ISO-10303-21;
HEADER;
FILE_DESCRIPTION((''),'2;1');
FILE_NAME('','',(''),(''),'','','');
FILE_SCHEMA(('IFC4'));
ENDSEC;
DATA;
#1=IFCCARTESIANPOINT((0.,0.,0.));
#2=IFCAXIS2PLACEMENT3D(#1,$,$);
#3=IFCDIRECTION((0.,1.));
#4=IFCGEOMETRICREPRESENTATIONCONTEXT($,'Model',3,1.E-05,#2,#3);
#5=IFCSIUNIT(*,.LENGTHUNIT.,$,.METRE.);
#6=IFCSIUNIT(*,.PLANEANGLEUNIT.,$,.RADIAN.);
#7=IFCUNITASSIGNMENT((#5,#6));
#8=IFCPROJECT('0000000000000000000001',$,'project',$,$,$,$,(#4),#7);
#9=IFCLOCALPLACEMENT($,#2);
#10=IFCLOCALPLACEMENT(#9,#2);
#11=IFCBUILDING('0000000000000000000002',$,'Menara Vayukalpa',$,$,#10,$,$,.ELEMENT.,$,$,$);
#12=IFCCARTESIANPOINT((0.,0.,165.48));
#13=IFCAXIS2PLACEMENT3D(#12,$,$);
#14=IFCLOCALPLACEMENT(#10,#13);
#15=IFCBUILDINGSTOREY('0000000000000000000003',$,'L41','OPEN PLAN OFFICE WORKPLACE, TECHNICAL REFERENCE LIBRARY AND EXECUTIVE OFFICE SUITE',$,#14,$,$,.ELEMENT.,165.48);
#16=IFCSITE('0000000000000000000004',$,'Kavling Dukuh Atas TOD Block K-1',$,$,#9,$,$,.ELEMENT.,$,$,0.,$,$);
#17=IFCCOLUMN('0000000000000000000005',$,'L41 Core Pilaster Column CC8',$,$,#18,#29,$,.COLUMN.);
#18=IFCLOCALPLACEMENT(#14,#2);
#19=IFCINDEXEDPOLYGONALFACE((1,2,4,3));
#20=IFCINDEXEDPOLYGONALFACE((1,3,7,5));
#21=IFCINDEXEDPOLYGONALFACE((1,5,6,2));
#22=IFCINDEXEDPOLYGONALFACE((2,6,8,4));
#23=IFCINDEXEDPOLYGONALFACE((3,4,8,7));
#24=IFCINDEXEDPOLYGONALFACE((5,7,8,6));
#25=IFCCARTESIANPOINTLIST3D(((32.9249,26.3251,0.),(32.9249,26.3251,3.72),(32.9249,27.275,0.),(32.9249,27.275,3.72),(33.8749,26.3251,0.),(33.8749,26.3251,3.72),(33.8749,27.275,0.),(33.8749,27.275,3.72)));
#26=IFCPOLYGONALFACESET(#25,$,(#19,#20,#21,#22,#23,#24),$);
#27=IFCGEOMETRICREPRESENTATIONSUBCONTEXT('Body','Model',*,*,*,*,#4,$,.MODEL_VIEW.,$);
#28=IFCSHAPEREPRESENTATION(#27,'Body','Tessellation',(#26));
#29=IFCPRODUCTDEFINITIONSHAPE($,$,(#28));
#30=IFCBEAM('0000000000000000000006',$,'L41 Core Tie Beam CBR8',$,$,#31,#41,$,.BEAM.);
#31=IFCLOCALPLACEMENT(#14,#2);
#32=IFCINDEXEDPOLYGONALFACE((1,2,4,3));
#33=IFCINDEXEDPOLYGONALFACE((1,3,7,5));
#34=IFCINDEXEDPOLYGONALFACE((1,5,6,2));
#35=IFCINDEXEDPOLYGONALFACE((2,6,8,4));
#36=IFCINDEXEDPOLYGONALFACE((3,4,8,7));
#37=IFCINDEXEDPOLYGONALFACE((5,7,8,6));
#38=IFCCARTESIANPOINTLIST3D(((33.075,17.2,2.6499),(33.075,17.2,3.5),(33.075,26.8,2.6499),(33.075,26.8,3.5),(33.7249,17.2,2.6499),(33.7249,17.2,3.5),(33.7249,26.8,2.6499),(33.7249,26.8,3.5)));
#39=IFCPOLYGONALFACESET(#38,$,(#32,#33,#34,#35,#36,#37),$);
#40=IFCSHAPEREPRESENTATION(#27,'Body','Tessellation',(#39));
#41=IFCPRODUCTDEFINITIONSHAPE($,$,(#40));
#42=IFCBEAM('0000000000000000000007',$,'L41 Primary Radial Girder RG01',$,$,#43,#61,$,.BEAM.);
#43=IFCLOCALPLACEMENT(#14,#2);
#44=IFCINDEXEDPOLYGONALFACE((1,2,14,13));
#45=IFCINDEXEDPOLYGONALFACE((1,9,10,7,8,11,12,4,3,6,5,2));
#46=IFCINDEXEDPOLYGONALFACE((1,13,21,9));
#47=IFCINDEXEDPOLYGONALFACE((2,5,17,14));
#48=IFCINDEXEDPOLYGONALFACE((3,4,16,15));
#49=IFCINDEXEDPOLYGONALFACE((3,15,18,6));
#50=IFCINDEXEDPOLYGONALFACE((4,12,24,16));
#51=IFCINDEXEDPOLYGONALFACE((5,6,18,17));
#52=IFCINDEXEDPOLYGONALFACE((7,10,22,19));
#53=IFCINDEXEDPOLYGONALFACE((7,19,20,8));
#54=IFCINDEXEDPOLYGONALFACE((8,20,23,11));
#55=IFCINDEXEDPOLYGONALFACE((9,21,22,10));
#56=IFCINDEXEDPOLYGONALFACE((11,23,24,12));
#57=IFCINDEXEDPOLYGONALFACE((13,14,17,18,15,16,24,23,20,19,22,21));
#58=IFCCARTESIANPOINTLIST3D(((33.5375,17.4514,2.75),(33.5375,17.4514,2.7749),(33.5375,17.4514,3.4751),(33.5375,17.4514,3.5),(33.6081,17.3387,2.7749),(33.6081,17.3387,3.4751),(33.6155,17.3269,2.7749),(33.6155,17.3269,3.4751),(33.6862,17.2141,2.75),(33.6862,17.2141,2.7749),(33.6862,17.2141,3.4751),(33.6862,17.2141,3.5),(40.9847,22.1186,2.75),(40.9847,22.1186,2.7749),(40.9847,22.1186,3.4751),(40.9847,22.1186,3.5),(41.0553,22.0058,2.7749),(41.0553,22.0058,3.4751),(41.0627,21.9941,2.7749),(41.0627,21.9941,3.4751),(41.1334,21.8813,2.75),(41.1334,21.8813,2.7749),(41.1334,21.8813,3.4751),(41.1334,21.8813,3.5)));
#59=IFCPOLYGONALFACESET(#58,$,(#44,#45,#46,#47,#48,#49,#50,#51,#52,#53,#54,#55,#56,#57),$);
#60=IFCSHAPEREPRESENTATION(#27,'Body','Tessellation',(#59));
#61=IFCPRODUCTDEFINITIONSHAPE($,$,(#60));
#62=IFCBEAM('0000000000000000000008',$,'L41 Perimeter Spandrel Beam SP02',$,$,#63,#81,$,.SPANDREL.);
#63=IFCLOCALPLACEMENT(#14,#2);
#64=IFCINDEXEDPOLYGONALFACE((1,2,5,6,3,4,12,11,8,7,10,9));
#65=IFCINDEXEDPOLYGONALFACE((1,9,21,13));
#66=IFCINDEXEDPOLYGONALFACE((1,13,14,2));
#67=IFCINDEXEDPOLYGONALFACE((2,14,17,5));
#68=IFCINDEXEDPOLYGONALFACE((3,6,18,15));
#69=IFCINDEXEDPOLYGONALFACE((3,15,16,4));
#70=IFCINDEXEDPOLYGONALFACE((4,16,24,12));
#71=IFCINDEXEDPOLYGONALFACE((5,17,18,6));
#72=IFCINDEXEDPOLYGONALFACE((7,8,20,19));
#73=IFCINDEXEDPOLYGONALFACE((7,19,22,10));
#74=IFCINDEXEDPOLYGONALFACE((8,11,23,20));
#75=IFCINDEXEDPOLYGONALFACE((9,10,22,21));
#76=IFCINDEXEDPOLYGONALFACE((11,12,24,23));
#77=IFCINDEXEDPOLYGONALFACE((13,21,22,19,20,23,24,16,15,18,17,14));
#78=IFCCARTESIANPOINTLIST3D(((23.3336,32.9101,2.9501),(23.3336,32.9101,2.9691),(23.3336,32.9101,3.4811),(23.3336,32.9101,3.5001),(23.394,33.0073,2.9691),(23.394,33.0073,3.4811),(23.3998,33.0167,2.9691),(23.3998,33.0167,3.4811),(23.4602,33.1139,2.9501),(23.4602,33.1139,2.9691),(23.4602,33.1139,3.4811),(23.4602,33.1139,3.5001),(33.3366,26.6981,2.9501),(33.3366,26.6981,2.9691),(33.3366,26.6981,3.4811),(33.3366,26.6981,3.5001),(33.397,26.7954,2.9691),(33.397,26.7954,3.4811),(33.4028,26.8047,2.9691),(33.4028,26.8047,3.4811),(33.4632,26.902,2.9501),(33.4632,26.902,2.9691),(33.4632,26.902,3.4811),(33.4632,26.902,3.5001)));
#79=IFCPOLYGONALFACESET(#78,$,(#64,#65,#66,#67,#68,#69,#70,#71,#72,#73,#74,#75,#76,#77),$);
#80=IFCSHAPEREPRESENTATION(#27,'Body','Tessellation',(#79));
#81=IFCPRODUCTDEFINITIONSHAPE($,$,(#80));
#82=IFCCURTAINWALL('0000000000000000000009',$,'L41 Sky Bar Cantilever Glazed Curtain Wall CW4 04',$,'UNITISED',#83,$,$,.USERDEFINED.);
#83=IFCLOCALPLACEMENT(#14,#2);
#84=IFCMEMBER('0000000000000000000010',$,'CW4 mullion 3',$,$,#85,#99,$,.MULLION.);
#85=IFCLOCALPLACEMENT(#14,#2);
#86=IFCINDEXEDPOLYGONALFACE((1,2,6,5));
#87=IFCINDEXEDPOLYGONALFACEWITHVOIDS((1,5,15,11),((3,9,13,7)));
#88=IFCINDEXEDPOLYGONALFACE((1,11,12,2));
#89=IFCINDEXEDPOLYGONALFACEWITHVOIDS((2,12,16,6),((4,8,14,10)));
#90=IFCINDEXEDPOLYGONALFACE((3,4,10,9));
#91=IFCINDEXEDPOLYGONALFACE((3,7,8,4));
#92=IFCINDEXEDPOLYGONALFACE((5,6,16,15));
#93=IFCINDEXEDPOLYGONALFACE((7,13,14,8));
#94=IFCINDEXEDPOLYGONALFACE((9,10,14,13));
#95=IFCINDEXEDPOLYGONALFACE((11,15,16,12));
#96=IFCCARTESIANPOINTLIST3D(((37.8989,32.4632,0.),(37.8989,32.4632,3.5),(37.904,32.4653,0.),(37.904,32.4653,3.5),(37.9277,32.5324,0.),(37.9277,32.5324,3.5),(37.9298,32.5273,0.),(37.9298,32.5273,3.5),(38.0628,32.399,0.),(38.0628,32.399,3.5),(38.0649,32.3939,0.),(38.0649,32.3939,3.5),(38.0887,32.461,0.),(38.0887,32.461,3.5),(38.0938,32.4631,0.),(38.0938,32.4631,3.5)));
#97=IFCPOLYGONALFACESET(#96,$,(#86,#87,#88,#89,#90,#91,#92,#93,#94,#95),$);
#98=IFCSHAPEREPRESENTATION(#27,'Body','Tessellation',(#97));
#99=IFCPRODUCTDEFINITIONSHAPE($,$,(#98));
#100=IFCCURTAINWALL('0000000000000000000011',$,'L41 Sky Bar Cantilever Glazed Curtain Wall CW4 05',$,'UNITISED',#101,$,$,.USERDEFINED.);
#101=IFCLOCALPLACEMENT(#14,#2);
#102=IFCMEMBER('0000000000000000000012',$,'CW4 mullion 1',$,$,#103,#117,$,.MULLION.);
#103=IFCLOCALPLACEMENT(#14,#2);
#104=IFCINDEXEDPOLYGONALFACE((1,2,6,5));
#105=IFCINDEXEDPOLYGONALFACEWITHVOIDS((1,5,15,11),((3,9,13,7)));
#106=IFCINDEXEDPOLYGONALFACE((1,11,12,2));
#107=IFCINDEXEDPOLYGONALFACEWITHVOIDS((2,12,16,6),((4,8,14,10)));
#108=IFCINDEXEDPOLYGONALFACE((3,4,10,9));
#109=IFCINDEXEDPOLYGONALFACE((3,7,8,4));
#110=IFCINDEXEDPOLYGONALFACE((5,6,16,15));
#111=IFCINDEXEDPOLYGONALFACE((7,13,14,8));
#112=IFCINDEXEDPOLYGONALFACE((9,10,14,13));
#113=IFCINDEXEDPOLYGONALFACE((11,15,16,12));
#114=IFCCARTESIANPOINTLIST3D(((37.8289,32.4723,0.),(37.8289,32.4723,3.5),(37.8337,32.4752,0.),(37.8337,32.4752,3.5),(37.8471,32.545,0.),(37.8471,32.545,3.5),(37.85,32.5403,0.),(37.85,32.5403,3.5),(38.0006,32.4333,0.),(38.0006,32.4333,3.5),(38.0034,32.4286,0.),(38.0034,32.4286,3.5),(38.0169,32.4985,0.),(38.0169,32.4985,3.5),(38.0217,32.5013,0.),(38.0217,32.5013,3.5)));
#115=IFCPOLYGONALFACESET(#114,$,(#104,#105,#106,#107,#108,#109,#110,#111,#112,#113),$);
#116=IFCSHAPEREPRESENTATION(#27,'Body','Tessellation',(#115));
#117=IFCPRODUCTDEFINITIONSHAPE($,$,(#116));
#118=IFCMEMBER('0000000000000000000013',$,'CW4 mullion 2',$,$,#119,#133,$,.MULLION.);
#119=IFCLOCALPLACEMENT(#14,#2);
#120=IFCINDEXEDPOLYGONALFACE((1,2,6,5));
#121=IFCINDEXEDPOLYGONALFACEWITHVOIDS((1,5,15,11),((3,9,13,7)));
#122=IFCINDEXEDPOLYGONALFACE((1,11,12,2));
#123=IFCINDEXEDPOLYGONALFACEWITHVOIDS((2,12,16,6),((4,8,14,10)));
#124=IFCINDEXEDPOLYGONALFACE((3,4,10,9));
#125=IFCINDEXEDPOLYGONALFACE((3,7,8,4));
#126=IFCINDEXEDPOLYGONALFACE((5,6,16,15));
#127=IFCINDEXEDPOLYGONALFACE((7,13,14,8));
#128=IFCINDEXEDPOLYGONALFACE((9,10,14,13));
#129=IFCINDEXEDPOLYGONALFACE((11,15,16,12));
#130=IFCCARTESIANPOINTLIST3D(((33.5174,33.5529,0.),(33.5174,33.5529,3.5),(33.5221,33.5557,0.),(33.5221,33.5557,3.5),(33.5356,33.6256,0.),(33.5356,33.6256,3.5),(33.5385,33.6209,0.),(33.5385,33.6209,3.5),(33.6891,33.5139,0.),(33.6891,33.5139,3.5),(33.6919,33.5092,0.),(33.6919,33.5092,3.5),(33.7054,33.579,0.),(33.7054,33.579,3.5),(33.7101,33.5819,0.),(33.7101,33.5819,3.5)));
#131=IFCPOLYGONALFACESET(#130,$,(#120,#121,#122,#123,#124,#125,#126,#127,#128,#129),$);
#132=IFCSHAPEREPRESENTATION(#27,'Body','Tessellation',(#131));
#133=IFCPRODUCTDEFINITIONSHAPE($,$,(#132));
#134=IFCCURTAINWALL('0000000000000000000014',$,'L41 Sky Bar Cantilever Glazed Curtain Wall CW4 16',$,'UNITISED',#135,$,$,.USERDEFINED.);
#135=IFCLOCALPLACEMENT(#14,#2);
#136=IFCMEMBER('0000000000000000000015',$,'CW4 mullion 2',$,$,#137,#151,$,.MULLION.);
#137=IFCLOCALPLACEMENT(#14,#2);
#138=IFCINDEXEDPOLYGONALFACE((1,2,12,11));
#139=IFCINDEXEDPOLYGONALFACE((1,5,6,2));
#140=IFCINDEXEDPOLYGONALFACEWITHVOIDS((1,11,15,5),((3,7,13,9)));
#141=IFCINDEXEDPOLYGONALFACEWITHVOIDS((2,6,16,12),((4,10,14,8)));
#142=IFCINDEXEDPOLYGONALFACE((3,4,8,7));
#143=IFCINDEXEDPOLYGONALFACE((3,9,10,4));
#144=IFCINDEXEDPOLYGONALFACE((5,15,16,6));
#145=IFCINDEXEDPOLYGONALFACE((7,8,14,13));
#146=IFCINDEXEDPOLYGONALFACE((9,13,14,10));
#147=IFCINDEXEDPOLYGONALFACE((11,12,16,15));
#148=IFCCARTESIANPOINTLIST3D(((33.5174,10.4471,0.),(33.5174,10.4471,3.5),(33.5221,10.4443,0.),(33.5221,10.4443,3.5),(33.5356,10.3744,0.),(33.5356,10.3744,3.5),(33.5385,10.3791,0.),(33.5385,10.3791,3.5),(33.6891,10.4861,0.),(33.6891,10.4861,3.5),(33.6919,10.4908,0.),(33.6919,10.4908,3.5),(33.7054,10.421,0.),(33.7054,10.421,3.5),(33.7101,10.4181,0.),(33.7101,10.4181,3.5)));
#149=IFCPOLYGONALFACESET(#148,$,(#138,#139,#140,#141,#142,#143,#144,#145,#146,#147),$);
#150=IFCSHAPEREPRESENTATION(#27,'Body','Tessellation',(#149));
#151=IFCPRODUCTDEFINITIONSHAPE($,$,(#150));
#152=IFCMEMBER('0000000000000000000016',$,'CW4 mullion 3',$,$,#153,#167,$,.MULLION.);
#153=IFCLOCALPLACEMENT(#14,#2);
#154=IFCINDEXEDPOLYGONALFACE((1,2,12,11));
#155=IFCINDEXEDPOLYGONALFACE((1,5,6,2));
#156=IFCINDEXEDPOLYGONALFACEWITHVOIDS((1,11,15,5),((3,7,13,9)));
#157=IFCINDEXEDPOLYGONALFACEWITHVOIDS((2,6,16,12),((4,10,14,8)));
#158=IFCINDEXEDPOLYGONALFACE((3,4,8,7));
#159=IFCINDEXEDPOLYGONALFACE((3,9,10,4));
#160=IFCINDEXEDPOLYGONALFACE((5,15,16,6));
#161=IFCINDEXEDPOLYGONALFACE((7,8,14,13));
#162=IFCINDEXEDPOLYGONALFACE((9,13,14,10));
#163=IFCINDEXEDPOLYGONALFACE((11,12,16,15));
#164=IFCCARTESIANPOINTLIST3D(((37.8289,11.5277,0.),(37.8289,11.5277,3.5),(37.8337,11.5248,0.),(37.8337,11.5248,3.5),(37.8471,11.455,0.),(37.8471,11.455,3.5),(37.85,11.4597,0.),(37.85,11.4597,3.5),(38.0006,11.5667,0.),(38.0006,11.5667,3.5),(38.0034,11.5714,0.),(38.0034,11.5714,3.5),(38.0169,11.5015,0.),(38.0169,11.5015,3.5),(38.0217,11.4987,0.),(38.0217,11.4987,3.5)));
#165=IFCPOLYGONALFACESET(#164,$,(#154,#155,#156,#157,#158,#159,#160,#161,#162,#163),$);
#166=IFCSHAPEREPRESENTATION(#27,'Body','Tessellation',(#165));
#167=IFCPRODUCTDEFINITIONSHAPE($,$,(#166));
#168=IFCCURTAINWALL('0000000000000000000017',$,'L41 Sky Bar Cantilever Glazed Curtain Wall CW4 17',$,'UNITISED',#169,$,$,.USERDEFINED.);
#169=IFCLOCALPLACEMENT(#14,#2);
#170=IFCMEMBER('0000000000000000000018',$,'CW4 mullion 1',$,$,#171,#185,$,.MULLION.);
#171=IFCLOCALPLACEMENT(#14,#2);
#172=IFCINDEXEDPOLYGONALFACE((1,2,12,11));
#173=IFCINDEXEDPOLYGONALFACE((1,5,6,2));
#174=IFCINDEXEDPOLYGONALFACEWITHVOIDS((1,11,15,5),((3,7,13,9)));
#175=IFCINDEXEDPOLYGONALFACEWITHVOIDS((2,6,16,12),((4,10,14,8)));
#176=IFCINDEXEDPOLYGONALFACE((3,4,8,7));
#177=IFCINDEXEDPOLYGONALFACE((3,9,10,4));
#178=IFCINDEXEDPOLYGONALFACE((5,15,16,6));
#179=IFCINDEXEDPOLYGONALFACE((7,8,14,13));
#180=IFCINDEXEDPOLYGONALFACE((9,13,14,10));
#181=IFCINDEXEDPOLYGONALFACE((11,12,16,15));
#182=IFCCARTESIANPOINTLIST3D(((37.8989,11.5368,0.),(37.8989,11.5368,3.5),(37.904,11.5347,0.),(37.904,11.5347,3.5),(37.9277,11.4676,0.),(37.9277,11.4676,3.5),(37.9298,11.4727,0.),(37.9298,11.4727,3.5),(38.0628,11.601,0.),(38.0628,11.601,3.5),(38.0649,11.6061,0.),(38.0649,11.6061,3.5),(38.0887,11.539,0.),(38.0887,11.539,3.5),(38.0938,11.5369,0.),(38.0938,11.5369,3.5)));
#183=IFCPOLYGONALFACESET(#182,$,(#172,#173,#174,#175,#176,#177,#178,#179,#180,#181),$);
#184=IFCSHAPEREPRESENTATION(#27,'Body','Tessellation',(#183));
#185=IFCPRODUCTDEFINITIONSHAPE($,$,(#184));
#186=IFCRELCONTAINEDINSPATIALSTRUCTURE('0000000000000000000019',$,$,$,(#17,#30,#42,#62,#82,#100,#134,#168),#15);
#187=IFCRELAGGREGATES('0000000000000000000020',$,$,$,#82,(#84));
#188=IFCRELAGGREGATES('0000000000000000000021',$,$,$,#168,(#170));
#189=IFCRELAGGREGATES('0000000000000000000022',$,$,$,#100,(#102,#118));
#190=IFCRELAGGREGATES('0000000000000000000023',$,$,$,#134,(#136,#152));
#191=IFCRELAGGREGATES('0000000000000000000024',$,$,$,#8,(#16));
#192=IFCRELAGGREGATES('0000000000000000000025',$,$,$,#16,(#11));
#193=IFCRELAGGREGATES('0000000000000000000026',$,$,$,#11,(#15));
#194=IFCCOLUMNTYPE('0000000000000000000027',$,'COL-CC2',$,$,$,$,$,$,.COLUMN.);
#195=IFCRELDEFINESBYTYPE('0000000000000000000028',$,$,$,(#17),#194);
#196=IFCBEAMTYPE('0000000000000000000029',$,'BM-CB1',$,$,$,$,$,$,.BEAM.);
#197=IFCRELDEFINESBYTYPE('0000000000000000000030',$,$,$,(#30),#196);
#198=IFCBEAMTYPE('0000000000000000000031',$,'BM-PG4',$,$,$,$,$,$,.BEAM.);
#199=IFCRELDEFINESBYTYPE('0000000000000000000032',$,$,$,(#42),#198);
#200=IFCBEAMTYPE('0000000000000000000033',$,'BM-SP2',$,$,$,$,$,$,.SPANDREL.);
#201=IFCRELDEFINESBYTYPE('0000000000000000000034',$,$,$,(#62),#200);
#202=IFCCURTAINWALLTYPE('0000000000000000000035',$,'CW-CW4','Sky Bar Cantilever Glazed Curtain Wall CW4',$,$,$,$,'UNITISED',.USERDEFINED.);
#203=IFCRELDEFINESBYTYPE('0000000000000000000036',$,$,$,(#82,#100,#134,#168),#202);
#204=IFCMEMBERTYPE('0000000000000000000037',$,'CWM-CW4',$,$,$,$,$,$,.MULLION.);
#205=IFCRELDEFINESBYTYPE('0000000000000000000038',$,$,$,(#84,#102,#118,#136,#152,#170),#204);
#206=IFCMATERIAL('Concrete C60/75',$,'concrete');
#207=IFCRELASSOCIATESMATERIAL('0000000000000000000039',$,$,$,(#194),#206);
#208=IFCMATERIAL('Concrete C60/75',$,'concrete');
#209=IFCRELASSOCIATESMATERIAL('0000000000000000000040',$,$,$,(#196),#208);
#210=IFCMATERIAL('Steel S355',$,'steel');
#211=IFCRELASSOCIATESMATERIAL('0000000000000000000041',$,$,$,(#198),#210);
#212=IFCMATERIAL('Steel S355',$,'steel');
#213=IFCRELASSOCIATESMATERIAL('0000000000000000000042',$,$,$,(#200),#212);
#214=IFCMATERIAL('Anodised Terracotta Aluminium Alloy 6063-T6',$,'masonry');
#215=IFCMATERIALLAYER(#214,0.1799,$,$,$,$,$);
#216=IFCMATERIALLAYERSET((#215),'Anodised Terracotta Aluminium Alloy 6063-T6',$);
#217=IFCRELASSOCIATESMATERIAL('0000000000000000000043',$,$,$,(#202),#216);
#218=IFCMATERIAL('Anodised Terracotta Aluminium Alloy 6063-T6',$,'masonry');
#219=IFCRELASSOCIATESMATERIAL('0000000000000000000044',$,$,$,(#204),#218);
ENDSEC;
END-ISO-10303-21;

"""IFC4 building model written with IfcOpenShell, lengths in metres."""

from ifc_helpers import new_model, si_unit, direction, frame, origin, origin_2d, place, context, subcontext, project, spatial, rectangle, hollow_rectangle, i_section, extrude, material, layer, layer_set, material_profile, profile_set, type_object, element, aggregate, save


model = new_model("IFC4")

# Units and contexts
model_context = context("Model", 3, precision=1e-05, world=origin(), true_north=direction((0.0, 1.0)))
body_context = subcontext(model_context, "Body", "Model", "MODEL_VIEW")
ifc_project = project(units=[si_unit("LENGTHUNIT", "METRE"), si_unit("PLANEANGLEUNIT", "RADIAN")], contexts=[model_context])

# Site, building, storey
site_placement = place(None, origin())
site = spatial("IfcSite", under=ifc_project, at=site_placement, Name="Kavling Dukuh Atas TOD Block K-1", CompositionType="ELEMENT", RefElevation=0.0)
building_placement = place(site_placement, origin())
building = spatial("IfcBuilding", under=site, at=building_placement, Name="Menara Vayukalpa", CompositionType="ELEMENT")
storey_placement = place(building_placement, frame((0.0, 0.0, 165.48)))
storey = spatial("IfcBuildingStorey", under=building, at=storey_placement, Name="L41", Description="OPEN PLAN OFFICE WORKPLACE, TECHNICAL REFERENCE LIBRARY AND EXECUTIVE OFFICE SUITE", CompositionType="ELEMENT", Elevation=165.48)

# Column
ifc_material_1 = material(Name="Concrete C60/75", Category="concrete")
ifc_material_profile_1 = material_profile(ifc_material_1, rectangle(XDim=0.95, YDim=0.95, at=origin_2d()), Name="RC 950x950")
ifc_profile_set_1 = profile_set([ifc_material_profile_1], Name="Concrete C60/75")
column_type = type_object("IfcColumnType", Name="COL-CC2", PredefinedType="COLUMN", material=ifc_profile_set_1)
column_placement = place(storey_placement, frame((33.3999, 26.8, 0.0), z_axis=(0.0, 0.0, 1.0), x_axis=(1.0, 0.0, 0.0)))
element("IfcColumn", 1, at=column_placement, inside=storey, type_object=column_type, Name="L41 Core Pilaster Column CC8", PredefinedType="COLUMN", context=body_context, shape_type="SweptSolid", body=[
    extrude(rectangle(XDim=0.95, YDim=0.95, at=origin_2d()), origin(), (0.0, 0.0, 1.0), 3.72),
])

# Beams
ifc_material_2 = material(Name="Concrete C60/75", Category="concrete")
ifc_material_profile_2 = material_profile(ifc_material_2, rectangle(XDim=0.6499, YDim=0.8501, at=origin_2d()), Name="RC 650x850")
ifc_profile_set_2 = profile_set([ifc_material_profile_2], Name="Concrete C60/75")
beam_type_1 = type_object("IfcBeamType", Name="BM-CB1", PredefinedType="BEAM", material=ifc_profile_set_2)
beam_1_placement = place(storey_placement, frame((33.3999, 17.2, 3.075), z_axis=(0.0, 1.0, 0.0), x_axis=(-1.0, 0.0, 0.0)))
element("IfcBeam", 2, at=beam_1_placement, inside=storey, type_object=beam_type_1, Name="L41 Core Tie Beam CBR8", PredefinedType="BEAM", context=body_context, shape_type="SweptSolid", body=[
    extrude(rectangle(XDim=0.6499, YDim=0.8501, at=origin_2d()), origin(), (0.0, 0.0, 1.0), 9.6001),
])
ifc_material_3 = material(Name="Steel S355", Category="steel")
ifc_material_profile_3 = material_profile(ifc_material_3, i_section(OverallWidth=0.28, OverallDepth=0.75, WebThickness=0.0139, FlangeThickness=0.0249, at=origin_2d()), Name="WF 750x280x14x25")
ifc_profile_set_3 = profile_set([ifc_material_profile_3], Name="Steel S355")
beam_type_2 = type_object("IfcBeamType", Name="BM-PG4", PredefinedType="BEAM", material=ifc_profile_set_3)
beam_2_placement = place(storey_placement, frame((33.6118, 17.3328, 3.125), z_axis=(0.847348, 0.531037, 0.0), x_axis=(-0.531037, 0.847348, 0.0)))
element("IfcBeam", 3, at=beam_2_placement, inside=storey, type_object=beam_type_2, Name="L41 Primary Radial Girder RG01", PredefinedType="BEAM", context=body_context, shape_type="SweptSolid", body=[
    extrude(i_section(OverallWidth=0.28, OverallDepth=0.75, WebThickness=0.0139, FlangeThickness=0.0249, at=origin_2d()), origin(), (0.0, 0.0, 1.0), 8.7888),
])
ifc_material_4 = material(Name="Steel S355", Category="steel")
ifc_material_profile_4 = material_profile(ifc_material_4, i_section(OverallWidth=0.24, OverallDepth=0.55, WebThickness=0.011, FlangeThickness=0.019, at=origin_2d()), Name="WF 550x240x11x19")
ifc_profile_set_4 = profile_set([ifc_material_profile_4], Name="Steel S355")
beam_type_3 = type_object("IfcBeamType", Name="BM-SP2", PredefinedType="SPANDREL", material=ifc_profile_set_4)
beam_3_placement = place(storey_placement, frame((33.3999, 26.8, 3.2251), z_axis=(-0.849518, 0.527559, 0.0), x_axis=(-0.527559, -0.849518, 0.0)))
element("IfcBeam", 4, at=beam_3_placement, inside=storey, type_object=beam_type_3, Name="L41 Perimeter Spandrel Beam SP02", PredefinedType="SPANDREL", context=body_context, shape_type="SweptSolid", body=[
    extrude(i_section(OverallWidth=0.24, OverallDepth=0.55, WebThickness=0.011, FlangeThickness=0.019, at=origin_2d()), origin(), (0.0, 0.0, 1.0), 11.7749),
])

# Curtain wall, member
ifc_material_5 = material(Name="Anodised Terracotta Aluminium Alloy 6063-T6", Category="masonry")
ifc_layer_1 = layer(ifc_material_5, 0.1799)
ifc_layer_set_1 = layer_set([ifc_layer_1], Name="Anodised Terracotta Aluminium Alloy 6063-T6")
curtain_wall_type = type_object("IfcCurtainWallType", Name="CW-CW4", Description="Sky Bar Cantilever Glazed Curtain Wall CW4", ElementType="UNITISED", PredefinedType="USERDEFINED", material=ifc_layer_set_1)
curtain_wall_1_placement = place(storey_placement, origin())
curtain_wall_1 = element("IfcCurtainWall", 5, at=curtain_wall_1_placement, inside=storey, type_object=curtain_wall_type, Name="L41 Sky Bar Cantilever Glazed Curtain Wall CW4 04", ObjectType="UNITISED", PredefinedType="USERDEFINED")
ifc_material_6 = material(Name="Anodised Terracotta Aluminium Alloy 6063-T6", Category="masonry")
ifc_material_profile_5 = material_profile(ifc_material_6, hollow_rectangle(XDim=0.075, YDim=0.1799, WallThickness=0.0039, at=origin_2d()), Name="ALU 75x180x4")
ifc_profile_set_5 = profile_set([ifc_material_profile_5], Name="Anodised Terracotta Aluminium Alloy 6063-T6")
member_type_1 = type_object("IfcMemberType", Name="CWM-CW4", PredefinedType="MULLION", material=ifc_profile_set_5)
member_1_placement = place(storey_placement, frame((37.9963, 32.4631, 0.0), z_axis=(0.0, 0.0, 1.0), x_axis=(-0.385091, -0.922878, 0.0)))
member_1 = element("IfcMember", 6, at=member_1_placement, type_object=member_type_1, Name="CW4 mullion 3", PredefinedType="MULLION", context=body_context, shape_type="SweptSolid", body=[
    extrude(hollow_rectangle(XDim=0.075, YDim=0.1799, WallThickness=0.0039, at=origin_2d()), origin(), (0.0, 0.0, 1.0), 3.5),
])
aggregate(curtain_wall_1, [member_1])

# Curtain walls, members
curtain_wall_2_placement = place(storey_placement, origin())
curtain_wall_2 = element("IfcCurtainWall", 7, at=curtain_wall_2_placement, inside=storey, type_object=curtain_wall_type, Name="L41 Sky Bar Cantilever Glazed Curtain Wall CW4 05", ObjectType="UNITISED", PredefinedType="USERDEFINED")
member_2_placement = place(storey_placement, frame((37.9253, 32.4868, 0.0), z_axis=(0.0, 0.0, 1.0), x_axis=(-0.243113, -0.969998, 0.0)))
member_2 = element("IfcMember", 8, at=member_2_placement, type_object=member_type_1, Name="CW4 mullion 1", PredefinedType="MULLION", context=body_context, shape_type="SweptSolid", body=[
    extrude(hollow_rectangle(XDim=0.075, YDim=0.1799, WallThickness=0.0039, at=origin_2d()), origin(), (0.0, 0.0, 1.0), 3.5),
])
member_3_placement = place(storey_placement, frame((33.6138, 33.5674, 0.0), z_axis=(0.0, 0.0, 1.0), x_axis=(-0.243113, -0.969998, 0.0)))
member_3 = element("IfcMember", 9, at=member_3_placement, type_object=member_type_1, Name="CW4 mullion 2", PredefinedType="MULLION", context=body_context, shape_type="SweptSolid", body=[
    extrude(hollow_rectangle(XDim=0.075, YDim=0.1799, WallThickness=0.0039, at=origin_2d()), origin(), (0.0, 0.0, 1.0), 3.5),
])
curtain_wall_3_placement = place(storey_placement, origin())
curtain_wall_3 = element("IfcCurtainWall", 10, at=curtain_wall_3_placement, inside=storey, type_object=curtain_wall_type, Name="L41 Sky Bar Cantilever Glazed Curtain Wall CW4 16", ObjectType="UNITISED", PredefinedType="USERDEFINED")
member_4_placement = place(storey_placement, frame((33.6138, 10.4326, 0.0), z_axis=(0.0, 0.0, 1.0), x_axis=(-0.243113, 0.969998, 0.0)))
member_4 = element("IfcMember", 11, at=member_4_placement, type_object=member_type_1, Name="CW4 mullion 2", PredefinedType="MULLION", context=body_context, shape_type="SweptSolid", body=[
    extrude(hollow_rectangle(XDim=0.075, YDim=0.1799, WallThickness=0.0039, at=origin_2d()), origin(), (0.0, 0.0, 1.0), 3.5),
])
member_5_placement = place(storey_placement, frame((37.9253, 11.5132, 0.0), z_axis=(0.0, 0.0, 1.0), x_axis=(-0.243113, 0.969998, 0.0)))
member_5 = element("IfcMember", 12, at=member_5_placement, type_object=member_type_1, Name="CW4 mullion 3", PredefinedType="MULLION", context=body_context, shape_type="SweptSolid", body=[
    extrude(hollow_rectangle(XDim=0.075, YDim=0.1799, WallThickness=0.0039, at=origin_2d()), origin(), (0.0, 0.0, 1.0), 3.5),
])

# Curtain wall, member
curtain_wall_4_placement = place(storey_placement, origin())
curtain_wall_4 = element("IfcCurtainWall", 13, at=curtain_wall_4_placement, inside=storey, type_object=curtain_wall_type, Name="L41 Sky Bar Cantilever Glazed Curtain Wall CW4 17", ObjectType="UNITISED", PredefinedType="USERDEFINED")
member_6_placement = place(storey_placement, frame((37.9963, 11.5369, 0.0), z_axis=(0.0, 0.0, 1.0), x_axis=(-0.385091, 0.922878, 0.0)))
member_6 = element("IfcMember", 14, at=member_6_placement, type_object=member_type_1, Name="CW4 mullion 1", PredefinedType="MULLION", context=body_context, shape_type="SweptSolid", body=[
    extrude(hollow_rectangle(XDim=0.075, YDim=0.1799, WallThickness=0.0039, at=origin_2d()), origin(), (0.0, 0.0, 1.0), 3.5),
])

aggregate(curtain_wall_4, [member_6])

aggregate(curtain_wall_2, [member_2, member_3])
aggregate(curtain_wall_3, [member_4, member_5])

save(model, "model.ifc")
